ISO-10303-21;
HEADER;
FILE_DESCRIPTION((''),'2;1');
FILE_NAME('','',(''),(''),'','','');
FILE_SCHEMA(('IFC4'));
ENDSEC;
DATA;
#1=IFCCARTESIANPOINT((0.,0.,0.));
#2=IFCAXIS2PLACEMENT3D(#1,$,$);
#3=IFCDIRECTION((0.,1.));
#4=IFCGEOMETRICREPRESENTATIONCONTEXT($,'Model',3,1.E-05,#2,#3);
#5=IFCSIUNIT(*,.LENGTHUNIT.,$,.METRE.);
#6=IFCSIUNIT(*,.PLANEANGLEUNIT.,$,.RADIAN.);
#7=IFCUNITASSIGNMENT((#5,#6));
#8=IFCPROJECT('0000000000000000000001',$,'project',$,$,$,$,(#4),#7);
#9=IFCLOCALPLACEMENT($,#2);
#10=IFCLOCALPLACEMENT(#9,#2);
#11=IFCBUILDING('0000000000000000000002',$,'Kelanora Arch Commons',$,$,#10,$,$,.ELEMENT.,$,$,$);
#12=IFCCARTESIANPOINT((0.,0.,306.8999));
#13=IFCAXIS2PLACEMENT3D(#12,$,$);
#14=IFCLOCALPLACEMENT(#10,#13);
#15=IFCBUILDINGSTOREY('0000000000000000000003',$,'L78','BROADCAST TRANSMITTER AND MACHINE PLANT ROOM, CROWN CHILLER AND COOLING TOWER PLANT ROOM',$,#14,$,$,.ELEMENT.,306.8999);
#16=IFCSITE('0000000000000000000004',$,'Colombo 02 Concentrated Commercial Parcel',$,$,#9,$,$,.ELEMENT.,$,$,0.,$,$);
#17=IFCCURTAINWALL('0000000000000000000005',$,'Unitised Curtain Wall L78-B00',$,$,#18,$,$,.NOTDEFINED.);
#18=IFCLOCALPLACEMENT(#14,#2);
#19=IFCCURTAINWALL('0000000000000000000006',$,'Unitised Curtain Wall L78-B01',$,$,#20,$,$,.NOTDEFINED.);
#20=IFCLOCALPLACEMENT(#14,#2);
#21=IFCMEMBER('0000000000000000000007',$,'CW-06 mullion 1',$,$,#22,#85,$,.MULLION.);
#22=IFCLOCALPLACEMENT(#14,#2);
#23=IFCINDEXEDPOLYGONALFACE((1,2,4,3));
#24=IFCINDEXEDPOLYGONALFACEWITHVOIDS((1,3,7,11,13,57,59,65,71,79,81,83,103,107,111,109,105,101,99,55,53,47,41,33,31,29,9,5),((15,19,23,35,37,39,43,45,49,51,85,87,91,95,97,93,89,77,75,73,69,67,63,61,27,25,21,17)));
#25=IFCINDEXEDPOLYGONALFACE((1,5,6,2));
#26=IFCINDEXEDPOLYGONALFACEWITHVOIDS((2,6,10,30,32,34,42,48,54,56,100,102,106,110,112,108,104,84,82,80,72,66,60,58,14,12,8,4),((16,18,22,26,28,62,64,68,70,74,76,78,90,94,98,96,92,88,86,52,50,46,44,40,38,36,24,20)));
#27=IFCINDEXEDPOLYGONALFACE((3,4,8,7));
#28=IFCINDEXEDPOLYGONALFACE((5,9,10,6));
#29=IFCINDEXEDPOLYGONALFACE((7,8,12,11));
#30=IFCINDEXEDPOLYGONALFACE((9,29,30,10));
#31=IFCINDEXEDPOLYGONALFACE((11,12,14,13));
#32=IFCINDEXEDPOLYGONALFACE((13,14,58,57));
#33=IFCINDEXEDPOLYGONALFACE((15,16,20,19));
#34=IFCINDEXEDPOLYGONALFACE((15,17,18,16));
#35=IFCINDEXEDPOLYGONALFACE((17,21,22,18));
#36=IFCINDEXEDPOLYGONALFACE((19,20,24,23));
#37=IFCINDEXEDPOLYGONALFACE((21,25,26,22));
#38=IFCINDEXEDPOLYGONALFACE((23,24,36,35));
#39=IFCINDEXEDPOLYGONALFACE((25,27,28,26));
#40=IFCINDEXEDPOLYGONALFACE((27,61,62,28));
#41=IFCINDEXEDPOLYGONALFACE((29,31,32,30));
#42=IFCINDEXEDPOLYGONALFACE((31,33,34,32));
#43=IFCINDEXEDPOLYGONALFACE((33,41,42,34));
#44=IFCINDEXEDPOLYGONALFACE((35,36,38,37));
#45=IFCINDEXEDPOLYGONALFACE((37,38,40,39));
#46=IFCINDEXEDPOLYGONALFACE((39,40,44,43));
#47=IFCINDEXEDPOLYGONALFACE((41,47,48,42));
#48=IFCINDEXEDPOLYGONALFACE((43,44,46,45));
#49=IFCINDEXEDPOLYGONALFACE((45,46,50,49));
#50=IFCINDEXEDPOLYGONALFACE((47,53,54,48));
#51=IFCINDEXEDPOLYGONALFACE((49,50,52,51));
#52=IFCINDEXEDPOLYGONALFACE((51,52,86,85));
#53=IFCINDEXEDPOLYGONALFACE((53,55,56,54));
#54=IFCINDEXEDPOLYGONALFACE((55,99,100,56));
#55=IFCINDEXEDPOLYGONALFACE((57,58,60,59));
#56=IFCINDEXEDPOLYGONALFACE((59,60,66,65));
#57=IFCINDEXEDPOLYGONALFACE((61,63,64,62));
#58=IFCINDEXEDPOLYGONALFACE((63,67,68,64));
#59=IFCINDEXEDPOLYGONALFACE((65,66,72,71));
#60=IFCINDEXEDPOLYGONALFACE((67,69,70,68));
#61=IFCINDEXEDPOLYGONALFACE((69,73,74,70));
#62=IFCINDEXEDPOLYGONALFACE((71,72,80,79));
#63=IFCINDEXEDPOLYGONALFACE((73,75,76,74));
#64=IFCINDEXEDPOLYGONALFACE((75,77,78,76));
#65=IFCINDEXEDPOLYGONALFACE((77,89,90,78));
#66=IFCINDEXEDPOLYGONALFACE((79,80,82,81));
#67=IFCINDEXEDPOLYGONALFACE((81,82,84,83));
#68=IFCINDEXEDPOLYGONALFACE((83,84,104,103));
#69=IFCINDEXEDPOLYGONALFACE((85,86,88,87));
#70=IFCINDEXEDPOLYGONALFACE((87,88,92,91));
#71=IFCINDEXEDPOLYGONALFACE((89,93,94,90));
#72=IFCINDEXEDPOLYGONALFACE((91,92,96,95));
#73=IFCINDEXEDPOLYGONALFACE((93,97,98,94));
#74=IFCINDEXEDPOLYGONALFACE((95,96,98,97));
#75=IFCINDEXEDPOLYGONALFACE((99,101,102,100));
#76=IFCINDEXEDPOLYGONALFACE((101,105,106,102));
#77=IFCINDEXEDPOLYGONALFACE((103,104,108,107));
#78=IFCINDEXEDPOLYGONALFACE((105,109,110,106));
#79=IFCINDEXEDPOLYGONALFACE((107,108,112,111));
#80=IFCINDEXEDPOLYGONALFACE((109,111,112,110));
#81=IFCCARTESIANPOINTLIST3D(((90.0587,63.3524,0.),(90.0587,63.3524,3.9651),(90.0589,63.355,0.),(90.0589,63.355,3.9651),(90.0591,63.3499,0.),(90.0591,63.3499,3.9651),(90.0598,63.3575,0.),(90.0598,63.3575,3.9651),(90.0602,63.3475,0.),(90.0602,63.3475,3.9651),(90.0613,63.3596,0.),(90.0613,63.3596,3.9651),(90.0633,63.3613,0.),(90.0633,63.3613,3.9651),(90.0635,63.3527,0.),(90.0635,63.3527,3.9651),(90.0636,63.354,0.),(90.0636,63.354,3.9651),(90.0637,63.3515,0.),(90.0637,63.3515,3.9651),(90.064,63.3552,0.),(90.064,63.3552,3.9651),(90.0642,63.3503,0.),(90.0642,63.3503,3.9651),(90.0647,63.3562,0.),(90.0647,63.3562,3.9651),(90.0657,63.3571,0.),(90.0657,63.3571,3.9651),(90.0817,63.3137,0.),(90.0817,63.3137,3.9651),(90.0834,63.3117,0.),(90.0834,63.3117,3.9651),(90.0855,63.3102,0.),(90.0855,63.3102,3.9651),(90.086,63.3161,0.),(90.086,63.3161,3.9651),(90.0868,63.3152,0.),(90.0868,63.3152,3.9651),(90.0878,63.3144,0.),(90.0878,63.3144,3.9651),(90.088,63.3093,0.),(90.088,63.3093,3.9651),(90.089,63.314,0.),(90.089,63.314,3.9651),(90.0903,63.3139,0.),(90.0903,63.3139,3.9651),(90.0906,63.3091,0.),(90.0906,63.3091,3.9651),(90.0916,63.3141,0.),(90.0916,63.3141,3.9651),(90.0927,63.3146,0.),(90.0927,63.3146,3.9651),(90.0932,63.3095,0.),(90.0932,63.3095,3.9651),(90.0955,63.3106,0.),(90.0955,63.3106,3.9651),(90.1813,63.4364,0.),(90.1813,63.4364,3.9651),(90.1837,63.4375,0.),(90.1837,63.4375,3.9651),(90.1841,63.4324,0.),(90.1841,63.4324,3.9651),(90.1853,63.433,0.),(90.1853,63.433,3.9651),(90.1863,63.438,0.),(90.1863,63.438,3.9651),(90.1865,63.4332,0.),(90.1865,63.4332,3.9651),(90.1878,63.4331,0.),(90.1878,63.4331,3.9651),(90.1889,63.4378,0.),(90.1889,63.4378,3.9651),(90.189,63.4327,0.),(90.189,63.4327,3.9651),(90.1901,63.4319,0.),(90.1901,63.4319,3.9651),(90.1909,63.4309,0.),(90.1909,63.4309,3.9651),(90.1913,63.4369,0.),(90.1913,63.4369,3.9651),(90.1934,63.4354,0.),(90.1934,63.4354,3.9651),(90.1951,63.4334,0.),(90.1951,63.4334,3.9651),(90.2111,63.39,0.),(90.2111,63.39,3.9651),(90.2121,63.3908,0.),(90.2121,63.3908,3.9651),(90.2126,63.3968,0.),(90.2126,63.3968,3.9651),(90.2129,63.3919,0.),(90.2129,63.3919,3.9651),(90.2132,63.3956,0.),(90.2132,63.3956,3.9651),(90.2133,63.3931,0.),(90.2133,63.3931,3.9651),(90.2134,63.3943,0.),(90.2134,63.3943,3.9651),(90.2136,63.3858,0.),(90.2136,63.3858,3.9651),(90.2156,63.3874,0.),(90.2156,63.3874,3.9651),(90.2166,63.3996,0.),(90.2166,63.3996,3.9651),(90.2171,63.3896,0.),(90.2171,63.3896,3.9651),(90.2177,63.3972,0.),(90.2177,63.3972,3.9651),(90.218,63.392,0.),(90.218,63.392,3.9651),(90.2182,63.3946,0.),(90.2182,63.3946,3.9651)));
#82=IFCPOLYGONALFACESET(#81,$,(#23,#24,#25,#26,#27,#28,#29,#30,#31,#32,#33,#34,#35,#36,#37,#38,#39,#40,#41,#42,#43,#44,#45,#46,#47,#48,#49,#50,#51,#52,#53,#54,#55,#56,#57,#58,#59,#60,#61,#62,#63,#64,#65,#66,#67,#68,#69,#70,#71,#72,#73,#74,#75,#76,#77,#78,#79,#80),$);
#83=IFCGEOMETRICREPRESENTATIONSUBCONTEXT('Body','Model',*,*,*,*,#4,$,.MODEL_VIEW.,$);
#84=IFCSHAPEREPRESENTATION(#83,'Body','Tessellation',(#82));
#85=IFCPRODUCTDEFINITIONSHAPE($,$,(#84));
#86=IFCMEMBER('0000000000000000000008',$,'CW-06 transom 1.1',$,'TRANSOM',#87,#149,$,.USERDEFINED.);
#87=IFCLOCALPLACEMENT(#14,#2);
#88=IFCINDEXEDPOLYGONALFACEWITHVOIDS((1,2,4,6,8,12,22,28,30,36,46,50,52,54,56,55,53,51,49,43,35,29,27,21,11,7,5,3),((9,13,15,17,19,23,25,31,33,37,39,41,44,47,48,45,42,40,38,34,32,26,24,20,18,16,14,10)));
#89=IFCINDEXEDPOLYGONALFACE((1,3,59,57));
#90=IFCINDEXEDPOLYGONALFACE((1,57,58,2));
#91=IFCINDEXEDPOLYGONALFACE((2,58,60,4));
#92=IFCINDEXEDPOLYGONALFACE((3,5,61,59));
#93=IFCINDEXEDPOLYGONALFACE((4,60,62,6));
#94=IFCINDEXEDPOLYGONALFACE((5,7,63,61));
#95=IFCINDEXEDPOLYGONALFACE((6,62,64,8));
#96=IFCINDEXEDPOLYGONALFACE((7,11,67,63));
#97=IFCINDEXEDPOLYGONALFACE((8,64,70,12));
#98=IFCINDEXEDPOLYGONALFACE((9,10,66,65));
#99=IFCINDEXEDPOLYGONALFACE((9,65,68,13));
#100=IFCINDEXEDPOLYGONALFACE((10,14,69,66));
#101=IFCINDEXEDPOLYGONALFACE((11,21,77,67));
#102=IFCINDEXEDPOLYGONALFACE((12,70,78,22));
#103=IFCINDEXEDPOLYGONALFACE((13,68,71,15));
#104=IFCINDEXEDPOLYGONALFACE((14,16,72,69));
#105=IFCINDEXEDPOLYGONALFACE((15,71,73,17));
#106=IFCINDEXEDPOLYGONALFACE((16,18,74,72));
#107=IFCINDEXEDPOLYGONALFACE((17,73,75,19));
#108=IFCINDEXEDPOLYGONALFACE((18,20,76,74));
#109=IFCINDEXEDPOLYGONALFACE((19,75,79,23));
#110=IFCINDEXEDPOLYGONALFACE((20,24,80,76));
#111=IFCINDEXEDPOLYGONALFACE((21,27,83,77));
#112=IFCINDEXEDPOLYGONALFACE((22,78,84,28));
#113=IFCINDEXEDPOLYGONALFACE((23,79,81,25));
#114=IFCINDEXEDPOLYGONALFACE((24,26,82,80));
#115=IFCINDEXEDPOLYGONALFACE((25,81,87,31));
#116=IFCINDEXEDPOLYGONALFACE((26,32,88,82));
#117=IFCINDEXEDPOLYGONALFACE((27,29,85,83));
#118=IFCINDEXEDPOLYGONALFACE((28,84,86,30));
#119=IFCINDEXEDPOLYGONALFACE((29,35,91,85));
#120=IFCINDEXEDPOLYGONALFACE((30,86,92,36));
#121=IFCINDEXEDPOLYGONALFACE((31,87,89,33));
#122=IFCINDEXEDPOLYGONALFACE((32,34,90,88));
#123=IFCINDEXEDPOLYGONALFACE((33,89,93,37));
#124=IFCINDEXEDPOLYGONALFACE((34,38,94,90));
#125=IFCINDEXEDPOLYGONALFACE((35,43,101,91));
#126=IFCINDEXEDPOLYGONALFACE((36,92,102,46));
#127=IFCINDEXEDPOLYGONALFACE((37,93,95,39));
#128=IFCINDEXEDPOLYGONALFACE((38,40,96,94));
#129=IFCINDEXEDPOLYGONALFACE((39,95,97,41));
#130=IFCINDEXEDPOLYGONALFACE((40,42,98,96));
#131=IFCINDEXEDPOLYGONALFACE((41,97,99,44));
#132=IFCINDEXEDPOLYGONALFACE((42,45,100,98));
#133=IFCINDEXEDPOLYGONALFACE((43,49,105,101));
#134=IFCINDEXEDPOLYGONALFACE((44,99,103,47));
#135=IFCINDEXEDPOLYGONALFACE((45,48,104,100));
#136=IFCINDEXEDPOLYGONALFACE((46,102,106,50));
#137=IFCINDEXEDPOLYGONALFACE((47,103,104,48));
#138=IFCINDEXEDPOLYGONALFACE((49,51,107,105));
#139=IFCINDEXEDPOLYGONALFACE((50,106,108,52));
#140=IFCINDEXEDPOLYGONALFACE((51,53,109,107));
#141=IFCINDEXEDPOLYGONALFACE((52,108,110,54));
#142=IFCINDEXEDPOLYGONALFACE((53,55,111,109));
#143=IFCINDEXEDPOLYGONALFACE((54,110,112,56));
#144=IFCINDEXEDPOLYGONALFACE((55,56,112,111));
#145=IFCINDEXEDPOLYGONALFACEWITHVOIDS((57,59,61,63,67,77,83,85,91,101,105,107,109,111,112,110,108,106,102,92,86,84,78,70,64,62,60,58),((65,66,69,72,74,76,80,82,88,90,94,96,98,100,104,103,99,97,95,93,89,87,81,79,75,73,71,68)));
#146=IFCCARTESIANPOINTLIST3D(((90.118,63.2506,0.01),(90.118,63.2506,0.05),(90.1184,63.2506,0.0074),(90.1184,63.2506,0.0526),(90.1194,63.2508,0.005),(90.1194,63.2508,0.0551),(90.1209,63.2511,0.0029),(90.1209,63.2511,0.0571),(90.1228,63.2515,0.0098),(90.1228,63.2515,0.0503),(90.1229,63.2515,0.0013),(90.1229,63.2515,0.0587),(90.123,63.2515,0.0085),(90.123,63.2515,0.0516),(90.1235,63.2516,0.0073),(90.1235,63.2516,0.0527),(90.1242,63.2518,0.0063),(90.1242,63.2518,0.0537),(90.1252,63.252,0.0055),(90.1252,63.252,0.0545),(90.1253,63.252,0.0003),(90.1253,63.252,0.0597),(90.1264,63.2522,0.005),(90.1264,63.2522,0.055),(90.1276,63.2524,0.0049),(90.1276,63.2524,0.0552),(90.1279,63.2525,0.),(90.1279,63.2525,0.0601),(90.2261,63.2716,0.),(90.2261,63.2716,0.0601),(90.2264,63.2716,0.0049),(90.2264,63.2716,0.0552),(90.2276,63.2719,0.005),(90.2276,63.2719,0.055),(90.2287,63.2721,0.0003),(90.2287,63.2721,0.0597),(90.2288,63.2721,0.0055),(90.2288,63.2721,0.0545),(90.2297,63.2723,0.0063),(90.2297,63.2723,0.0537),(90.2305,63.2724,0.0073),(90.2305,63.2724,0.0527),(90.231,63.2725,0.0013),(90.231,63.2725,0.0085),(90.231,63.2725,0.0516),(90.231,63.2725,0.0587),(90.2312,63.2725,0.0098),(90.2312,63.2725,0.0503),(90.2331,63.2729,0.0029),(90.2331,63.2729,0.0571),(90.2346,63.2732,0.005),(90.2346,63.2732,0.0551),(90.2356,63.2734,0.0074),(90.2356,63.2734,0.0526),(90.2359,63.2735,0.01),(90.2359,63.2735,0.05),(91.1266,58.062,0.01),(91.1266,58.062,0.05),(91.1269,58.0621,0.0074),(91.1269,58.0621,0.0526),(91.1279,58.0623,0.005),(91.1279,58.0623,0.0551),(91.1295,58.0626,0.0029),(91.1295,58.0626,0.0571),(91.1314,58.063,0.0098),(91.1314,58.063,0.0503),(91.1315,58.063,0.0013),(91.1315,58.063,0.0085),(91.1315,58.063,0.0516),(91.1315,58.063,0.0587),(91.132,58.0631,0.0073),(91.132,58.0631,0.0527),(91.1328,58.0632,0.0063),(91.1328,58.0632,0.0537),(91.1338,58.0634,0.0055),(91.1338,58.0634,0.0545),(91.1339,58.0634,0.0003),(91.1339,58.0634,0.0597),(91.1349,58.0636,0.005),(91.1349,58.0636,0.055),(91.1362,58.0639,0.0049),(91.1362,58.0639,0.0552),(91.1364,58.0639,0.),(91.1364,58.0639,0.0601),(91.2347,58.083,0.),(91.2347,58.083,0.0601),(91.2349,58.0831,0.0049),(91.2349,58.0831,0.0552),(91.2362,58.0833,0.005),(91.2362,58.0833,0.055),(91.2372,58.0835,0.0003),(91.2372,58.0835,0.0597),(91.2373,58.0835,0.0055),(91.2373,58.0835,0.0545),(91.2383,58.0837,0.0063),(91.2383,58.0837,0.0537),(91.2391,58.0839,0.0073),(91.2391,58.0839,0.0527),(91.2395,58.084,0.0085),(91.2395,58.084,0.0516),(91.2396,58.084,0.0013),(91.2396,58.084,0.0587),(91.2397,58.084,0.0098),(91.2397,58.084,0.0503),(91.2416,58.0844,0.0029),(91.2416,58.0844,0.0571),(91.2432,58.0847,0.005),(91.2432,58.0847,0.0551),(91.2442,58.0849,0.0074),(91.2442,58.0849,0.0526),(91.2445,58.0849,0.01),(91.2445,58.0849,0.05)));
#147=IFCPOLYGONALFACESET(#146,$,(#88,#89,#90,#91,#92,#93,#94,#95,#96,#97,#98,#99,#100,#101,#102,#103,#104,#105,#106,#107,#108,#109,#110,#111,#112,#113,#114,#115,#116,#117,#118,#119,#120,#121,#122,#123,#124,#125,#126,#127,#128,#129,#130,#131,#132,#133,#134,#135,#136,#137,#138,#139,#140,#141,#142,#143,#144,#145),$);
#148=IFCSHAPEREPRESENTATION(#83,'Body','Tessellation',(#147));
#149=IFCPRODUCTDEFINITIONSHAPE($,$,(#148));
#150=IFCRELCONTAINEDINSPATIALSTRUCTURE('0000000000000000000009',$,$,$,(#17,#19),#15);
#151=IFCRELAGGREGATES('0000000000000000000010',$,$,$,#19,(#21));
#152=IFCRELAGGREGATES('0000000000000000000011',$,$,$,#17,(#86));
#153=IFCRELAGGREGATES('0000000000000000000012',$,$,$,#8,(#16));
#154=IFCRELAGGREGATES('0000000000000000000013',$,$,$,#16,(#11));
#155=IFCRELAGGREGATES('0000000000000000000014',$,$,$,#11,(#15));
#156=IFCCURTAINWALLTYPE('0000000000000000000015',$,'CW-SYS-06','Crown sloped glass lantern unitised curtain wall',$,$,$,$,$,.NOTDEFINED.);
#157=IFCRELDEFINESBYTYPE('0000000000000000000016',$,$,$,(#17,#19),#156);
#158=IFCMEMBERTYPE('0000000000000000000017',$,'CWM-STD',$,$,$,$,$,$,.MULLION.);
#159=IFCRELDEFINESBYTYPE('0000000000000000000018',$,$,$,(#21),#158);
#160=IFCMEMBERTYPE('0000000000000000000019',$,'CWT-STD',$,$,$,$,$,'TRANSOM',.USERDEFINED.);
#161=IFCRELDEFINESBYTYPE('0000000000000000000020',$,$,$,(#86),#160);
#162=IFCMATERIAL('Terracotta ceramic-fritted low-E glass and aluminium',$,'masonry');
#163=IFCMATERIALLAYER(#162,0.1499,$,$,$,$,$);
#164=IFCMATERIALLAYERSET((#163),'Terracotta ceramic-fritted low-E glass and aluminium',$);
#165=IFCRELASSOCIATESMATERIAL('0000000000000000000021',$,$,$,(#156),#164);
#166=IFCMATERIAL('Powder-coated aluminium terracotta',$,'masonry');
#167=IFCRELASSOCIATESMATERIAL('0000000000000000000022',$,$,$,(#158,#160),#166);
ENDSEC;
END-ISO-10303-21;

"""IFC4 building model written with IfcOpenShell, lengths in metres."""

from ifc_helpers import new_model, si_unit, direction, frame, origin, origin_2d, place, context, subcontext, project, spatial, hollow_rectangle, extrude, material, layer, layer_set, material_profile, profile_set, type_object, element, aggregate, save


model = new_model("IFC4")

# Units and contexts
model_context = context("Model", 3, precision=1e-05, world=origin(), true_north=direction((0.0, 1.0)))
body_context = subcontext(model_context, "Body", "Model", "MODEL_VIEW")
ifc_project = project(units=[si_unit("LENGTHUNIT", "METRE"), si_unit("PLANEANGLEUNIT", "RADIAN")], contexts=[model_context])

# Site, building, storey
site_placement = place(None, origin())
site = spatial("IfcSite", under=ifc_project, at=site_placement, Name="Colombo 02 Concentrated Commercial Parcel", CompositionType="ELEMENT", RefElevation=0.0)
building_placement = place(site_placement, origin())
building = spatial("IfcBuilding", under=site, at=building_placement, Name="Kelanora Arch Commons", CompositionType="ELEMENT")
storey_placement = place(building_placement, frame((0.0, 0.0, 306.8999)))
storey = spatial("IfcBuildingStorey", under=building, at=storey_placement, Name="L78", Description="BROADCAST TRANSMITTER AND MACHINE PLANT ROOM, CROWN CHILLER AND COOLING TOWER PLANT ROOM", CompositionType="ELEMENT", Elevation=306.8999)

# Curtain wall
ifc_material_1 = material(Name="Terracotta ceramic-fritted low-E glass and aluminium", Category="masonry")
ifc_layer_1 = layer(ifc_material_1, 0.1499)
ifc_layer_set_1 = layer_set([ifc_layer_1], Name="Terracotta ceramic-fritted low-E glass and aluminium")
curtain_wall_type = type_object("IfcCurtainWallType", Name="CW-SYS-06", Description="Crown sloped glass lantern unitised curtain wall", PredefinedType="NOTDEFINED", material=ifc_layer_set_1)
curtain_wall_1_placement = place(storey_placement, origin())
curtain_wall_1 = element("IfcCurtainWall", 1, at=curtain_wall_1_placement, inside=storey, type_object=curtain_wall_type, Name="Unitised Curtain Wall L78-B00", PredefinedType="NOTDEFINED")
ifc_material_2 = material(Name="Powder-coated aluminium terracotta", Category="masonry")
ifc_material_profile_1 = material_profile(ifc_material_2, hollow_rectangle(XDim=0.1599, YDim=0.0601, WallThickness=0.0049, InnerFilletRadius=0.0049, OuterFilletRadius=0.01, at=origin_2d()), Name="CWM160x60")
ifc_profile_set_1 = profile_set([ifc_material_profile_1], Name="Powder-coated aluminium terracotta")
member_type_1 = type_object("IfcMemberType", Name="CWM-STD", PredefinedType="MULLION", material=ifc_profile_set_1)

# Curtain wall, member
curtain_wall_2_placement = place(storey_placement, origin())
curtain_wall_2 = element("IfcCurtainWall", 2, at=curtain_wall_2_placement, inside=storey, type_object=curtain_wall_type, Name="Unitised Curtain Wall L78-B01", PredefinedType="NOTDEFINED")
member_1_placement = place(storey_placement, frame((90.1384, 63.3735, 0.0), z_axis=(0.0, 0.0, 1.0), x_axis=(-0.843592, -0.536984, 0.0)))
member_1 = element("IfcMember", 3, at=member_1_placement, type_object=member_type_1, Name="CW-06 mullion 1", PredefinedType="MULLION", context=body_context, shape_type="SweptSolid", body=[
    extrude(hollow_rectangle(XDim=0.1599, YDim=0.0601, WallThickness=0.0049, InnerFilletRadius=0.0049, OuterFilletRadius=0.01, at=origin_2d()), origin(), (0.0, 0.0, 1.0), 3.9651),
])

# Member
ifc_material_profile_2 = material_profile(ifc_material_2, hollow_rectangle(XDim=0.1201, YDim=0.0601, WallThickness=0.0049, InnerFilletRadius=0.0049, OuterFilletRadius=0.01, at=origin_2d()), Name="CWT120x60")
ifc_profile_set_2 = profile_set([ifc_material_profile_2], Name="Powder-coated aluminium terracotta")
member_type_2 = type_object("IfcMemberType", Name="CWT-STD", ElementType="TRANSOM", PredefinedType="USERDEFINED", material=ifc_profile_set_2)
member_2_placement = place(storey_placement, frame((91.1855, 58.0735, 0.03), z_axis=(-0.19081, 0.981627, 0.0), x_axis=(-0.981627, -0.19081, 0.0)))
member_2 = element("IfcMember", 4, at=member_2_placement, type_object=member_type_2, Name="CW-06 transom 1.1", ObjectType="TRANSOM", PredefinedType="USERDEFINED", context=body_context, shape_type="SweptSolid", body=[
    extrude(hollow_rectangle(XDim=0.1201, YDim=0.0601, WallThickness=0.0049, InnerFilletRadius=0.0049, OuterFilletRadius=0.01, at=origin_2d()), origin(), (0.0, 0.0, 1.0), 5.2856),
])
aggregate(curtain_wall_2, [member_1])

aggregate(curtain_wall_1, [member_2])

save(model, "model.ifc")
